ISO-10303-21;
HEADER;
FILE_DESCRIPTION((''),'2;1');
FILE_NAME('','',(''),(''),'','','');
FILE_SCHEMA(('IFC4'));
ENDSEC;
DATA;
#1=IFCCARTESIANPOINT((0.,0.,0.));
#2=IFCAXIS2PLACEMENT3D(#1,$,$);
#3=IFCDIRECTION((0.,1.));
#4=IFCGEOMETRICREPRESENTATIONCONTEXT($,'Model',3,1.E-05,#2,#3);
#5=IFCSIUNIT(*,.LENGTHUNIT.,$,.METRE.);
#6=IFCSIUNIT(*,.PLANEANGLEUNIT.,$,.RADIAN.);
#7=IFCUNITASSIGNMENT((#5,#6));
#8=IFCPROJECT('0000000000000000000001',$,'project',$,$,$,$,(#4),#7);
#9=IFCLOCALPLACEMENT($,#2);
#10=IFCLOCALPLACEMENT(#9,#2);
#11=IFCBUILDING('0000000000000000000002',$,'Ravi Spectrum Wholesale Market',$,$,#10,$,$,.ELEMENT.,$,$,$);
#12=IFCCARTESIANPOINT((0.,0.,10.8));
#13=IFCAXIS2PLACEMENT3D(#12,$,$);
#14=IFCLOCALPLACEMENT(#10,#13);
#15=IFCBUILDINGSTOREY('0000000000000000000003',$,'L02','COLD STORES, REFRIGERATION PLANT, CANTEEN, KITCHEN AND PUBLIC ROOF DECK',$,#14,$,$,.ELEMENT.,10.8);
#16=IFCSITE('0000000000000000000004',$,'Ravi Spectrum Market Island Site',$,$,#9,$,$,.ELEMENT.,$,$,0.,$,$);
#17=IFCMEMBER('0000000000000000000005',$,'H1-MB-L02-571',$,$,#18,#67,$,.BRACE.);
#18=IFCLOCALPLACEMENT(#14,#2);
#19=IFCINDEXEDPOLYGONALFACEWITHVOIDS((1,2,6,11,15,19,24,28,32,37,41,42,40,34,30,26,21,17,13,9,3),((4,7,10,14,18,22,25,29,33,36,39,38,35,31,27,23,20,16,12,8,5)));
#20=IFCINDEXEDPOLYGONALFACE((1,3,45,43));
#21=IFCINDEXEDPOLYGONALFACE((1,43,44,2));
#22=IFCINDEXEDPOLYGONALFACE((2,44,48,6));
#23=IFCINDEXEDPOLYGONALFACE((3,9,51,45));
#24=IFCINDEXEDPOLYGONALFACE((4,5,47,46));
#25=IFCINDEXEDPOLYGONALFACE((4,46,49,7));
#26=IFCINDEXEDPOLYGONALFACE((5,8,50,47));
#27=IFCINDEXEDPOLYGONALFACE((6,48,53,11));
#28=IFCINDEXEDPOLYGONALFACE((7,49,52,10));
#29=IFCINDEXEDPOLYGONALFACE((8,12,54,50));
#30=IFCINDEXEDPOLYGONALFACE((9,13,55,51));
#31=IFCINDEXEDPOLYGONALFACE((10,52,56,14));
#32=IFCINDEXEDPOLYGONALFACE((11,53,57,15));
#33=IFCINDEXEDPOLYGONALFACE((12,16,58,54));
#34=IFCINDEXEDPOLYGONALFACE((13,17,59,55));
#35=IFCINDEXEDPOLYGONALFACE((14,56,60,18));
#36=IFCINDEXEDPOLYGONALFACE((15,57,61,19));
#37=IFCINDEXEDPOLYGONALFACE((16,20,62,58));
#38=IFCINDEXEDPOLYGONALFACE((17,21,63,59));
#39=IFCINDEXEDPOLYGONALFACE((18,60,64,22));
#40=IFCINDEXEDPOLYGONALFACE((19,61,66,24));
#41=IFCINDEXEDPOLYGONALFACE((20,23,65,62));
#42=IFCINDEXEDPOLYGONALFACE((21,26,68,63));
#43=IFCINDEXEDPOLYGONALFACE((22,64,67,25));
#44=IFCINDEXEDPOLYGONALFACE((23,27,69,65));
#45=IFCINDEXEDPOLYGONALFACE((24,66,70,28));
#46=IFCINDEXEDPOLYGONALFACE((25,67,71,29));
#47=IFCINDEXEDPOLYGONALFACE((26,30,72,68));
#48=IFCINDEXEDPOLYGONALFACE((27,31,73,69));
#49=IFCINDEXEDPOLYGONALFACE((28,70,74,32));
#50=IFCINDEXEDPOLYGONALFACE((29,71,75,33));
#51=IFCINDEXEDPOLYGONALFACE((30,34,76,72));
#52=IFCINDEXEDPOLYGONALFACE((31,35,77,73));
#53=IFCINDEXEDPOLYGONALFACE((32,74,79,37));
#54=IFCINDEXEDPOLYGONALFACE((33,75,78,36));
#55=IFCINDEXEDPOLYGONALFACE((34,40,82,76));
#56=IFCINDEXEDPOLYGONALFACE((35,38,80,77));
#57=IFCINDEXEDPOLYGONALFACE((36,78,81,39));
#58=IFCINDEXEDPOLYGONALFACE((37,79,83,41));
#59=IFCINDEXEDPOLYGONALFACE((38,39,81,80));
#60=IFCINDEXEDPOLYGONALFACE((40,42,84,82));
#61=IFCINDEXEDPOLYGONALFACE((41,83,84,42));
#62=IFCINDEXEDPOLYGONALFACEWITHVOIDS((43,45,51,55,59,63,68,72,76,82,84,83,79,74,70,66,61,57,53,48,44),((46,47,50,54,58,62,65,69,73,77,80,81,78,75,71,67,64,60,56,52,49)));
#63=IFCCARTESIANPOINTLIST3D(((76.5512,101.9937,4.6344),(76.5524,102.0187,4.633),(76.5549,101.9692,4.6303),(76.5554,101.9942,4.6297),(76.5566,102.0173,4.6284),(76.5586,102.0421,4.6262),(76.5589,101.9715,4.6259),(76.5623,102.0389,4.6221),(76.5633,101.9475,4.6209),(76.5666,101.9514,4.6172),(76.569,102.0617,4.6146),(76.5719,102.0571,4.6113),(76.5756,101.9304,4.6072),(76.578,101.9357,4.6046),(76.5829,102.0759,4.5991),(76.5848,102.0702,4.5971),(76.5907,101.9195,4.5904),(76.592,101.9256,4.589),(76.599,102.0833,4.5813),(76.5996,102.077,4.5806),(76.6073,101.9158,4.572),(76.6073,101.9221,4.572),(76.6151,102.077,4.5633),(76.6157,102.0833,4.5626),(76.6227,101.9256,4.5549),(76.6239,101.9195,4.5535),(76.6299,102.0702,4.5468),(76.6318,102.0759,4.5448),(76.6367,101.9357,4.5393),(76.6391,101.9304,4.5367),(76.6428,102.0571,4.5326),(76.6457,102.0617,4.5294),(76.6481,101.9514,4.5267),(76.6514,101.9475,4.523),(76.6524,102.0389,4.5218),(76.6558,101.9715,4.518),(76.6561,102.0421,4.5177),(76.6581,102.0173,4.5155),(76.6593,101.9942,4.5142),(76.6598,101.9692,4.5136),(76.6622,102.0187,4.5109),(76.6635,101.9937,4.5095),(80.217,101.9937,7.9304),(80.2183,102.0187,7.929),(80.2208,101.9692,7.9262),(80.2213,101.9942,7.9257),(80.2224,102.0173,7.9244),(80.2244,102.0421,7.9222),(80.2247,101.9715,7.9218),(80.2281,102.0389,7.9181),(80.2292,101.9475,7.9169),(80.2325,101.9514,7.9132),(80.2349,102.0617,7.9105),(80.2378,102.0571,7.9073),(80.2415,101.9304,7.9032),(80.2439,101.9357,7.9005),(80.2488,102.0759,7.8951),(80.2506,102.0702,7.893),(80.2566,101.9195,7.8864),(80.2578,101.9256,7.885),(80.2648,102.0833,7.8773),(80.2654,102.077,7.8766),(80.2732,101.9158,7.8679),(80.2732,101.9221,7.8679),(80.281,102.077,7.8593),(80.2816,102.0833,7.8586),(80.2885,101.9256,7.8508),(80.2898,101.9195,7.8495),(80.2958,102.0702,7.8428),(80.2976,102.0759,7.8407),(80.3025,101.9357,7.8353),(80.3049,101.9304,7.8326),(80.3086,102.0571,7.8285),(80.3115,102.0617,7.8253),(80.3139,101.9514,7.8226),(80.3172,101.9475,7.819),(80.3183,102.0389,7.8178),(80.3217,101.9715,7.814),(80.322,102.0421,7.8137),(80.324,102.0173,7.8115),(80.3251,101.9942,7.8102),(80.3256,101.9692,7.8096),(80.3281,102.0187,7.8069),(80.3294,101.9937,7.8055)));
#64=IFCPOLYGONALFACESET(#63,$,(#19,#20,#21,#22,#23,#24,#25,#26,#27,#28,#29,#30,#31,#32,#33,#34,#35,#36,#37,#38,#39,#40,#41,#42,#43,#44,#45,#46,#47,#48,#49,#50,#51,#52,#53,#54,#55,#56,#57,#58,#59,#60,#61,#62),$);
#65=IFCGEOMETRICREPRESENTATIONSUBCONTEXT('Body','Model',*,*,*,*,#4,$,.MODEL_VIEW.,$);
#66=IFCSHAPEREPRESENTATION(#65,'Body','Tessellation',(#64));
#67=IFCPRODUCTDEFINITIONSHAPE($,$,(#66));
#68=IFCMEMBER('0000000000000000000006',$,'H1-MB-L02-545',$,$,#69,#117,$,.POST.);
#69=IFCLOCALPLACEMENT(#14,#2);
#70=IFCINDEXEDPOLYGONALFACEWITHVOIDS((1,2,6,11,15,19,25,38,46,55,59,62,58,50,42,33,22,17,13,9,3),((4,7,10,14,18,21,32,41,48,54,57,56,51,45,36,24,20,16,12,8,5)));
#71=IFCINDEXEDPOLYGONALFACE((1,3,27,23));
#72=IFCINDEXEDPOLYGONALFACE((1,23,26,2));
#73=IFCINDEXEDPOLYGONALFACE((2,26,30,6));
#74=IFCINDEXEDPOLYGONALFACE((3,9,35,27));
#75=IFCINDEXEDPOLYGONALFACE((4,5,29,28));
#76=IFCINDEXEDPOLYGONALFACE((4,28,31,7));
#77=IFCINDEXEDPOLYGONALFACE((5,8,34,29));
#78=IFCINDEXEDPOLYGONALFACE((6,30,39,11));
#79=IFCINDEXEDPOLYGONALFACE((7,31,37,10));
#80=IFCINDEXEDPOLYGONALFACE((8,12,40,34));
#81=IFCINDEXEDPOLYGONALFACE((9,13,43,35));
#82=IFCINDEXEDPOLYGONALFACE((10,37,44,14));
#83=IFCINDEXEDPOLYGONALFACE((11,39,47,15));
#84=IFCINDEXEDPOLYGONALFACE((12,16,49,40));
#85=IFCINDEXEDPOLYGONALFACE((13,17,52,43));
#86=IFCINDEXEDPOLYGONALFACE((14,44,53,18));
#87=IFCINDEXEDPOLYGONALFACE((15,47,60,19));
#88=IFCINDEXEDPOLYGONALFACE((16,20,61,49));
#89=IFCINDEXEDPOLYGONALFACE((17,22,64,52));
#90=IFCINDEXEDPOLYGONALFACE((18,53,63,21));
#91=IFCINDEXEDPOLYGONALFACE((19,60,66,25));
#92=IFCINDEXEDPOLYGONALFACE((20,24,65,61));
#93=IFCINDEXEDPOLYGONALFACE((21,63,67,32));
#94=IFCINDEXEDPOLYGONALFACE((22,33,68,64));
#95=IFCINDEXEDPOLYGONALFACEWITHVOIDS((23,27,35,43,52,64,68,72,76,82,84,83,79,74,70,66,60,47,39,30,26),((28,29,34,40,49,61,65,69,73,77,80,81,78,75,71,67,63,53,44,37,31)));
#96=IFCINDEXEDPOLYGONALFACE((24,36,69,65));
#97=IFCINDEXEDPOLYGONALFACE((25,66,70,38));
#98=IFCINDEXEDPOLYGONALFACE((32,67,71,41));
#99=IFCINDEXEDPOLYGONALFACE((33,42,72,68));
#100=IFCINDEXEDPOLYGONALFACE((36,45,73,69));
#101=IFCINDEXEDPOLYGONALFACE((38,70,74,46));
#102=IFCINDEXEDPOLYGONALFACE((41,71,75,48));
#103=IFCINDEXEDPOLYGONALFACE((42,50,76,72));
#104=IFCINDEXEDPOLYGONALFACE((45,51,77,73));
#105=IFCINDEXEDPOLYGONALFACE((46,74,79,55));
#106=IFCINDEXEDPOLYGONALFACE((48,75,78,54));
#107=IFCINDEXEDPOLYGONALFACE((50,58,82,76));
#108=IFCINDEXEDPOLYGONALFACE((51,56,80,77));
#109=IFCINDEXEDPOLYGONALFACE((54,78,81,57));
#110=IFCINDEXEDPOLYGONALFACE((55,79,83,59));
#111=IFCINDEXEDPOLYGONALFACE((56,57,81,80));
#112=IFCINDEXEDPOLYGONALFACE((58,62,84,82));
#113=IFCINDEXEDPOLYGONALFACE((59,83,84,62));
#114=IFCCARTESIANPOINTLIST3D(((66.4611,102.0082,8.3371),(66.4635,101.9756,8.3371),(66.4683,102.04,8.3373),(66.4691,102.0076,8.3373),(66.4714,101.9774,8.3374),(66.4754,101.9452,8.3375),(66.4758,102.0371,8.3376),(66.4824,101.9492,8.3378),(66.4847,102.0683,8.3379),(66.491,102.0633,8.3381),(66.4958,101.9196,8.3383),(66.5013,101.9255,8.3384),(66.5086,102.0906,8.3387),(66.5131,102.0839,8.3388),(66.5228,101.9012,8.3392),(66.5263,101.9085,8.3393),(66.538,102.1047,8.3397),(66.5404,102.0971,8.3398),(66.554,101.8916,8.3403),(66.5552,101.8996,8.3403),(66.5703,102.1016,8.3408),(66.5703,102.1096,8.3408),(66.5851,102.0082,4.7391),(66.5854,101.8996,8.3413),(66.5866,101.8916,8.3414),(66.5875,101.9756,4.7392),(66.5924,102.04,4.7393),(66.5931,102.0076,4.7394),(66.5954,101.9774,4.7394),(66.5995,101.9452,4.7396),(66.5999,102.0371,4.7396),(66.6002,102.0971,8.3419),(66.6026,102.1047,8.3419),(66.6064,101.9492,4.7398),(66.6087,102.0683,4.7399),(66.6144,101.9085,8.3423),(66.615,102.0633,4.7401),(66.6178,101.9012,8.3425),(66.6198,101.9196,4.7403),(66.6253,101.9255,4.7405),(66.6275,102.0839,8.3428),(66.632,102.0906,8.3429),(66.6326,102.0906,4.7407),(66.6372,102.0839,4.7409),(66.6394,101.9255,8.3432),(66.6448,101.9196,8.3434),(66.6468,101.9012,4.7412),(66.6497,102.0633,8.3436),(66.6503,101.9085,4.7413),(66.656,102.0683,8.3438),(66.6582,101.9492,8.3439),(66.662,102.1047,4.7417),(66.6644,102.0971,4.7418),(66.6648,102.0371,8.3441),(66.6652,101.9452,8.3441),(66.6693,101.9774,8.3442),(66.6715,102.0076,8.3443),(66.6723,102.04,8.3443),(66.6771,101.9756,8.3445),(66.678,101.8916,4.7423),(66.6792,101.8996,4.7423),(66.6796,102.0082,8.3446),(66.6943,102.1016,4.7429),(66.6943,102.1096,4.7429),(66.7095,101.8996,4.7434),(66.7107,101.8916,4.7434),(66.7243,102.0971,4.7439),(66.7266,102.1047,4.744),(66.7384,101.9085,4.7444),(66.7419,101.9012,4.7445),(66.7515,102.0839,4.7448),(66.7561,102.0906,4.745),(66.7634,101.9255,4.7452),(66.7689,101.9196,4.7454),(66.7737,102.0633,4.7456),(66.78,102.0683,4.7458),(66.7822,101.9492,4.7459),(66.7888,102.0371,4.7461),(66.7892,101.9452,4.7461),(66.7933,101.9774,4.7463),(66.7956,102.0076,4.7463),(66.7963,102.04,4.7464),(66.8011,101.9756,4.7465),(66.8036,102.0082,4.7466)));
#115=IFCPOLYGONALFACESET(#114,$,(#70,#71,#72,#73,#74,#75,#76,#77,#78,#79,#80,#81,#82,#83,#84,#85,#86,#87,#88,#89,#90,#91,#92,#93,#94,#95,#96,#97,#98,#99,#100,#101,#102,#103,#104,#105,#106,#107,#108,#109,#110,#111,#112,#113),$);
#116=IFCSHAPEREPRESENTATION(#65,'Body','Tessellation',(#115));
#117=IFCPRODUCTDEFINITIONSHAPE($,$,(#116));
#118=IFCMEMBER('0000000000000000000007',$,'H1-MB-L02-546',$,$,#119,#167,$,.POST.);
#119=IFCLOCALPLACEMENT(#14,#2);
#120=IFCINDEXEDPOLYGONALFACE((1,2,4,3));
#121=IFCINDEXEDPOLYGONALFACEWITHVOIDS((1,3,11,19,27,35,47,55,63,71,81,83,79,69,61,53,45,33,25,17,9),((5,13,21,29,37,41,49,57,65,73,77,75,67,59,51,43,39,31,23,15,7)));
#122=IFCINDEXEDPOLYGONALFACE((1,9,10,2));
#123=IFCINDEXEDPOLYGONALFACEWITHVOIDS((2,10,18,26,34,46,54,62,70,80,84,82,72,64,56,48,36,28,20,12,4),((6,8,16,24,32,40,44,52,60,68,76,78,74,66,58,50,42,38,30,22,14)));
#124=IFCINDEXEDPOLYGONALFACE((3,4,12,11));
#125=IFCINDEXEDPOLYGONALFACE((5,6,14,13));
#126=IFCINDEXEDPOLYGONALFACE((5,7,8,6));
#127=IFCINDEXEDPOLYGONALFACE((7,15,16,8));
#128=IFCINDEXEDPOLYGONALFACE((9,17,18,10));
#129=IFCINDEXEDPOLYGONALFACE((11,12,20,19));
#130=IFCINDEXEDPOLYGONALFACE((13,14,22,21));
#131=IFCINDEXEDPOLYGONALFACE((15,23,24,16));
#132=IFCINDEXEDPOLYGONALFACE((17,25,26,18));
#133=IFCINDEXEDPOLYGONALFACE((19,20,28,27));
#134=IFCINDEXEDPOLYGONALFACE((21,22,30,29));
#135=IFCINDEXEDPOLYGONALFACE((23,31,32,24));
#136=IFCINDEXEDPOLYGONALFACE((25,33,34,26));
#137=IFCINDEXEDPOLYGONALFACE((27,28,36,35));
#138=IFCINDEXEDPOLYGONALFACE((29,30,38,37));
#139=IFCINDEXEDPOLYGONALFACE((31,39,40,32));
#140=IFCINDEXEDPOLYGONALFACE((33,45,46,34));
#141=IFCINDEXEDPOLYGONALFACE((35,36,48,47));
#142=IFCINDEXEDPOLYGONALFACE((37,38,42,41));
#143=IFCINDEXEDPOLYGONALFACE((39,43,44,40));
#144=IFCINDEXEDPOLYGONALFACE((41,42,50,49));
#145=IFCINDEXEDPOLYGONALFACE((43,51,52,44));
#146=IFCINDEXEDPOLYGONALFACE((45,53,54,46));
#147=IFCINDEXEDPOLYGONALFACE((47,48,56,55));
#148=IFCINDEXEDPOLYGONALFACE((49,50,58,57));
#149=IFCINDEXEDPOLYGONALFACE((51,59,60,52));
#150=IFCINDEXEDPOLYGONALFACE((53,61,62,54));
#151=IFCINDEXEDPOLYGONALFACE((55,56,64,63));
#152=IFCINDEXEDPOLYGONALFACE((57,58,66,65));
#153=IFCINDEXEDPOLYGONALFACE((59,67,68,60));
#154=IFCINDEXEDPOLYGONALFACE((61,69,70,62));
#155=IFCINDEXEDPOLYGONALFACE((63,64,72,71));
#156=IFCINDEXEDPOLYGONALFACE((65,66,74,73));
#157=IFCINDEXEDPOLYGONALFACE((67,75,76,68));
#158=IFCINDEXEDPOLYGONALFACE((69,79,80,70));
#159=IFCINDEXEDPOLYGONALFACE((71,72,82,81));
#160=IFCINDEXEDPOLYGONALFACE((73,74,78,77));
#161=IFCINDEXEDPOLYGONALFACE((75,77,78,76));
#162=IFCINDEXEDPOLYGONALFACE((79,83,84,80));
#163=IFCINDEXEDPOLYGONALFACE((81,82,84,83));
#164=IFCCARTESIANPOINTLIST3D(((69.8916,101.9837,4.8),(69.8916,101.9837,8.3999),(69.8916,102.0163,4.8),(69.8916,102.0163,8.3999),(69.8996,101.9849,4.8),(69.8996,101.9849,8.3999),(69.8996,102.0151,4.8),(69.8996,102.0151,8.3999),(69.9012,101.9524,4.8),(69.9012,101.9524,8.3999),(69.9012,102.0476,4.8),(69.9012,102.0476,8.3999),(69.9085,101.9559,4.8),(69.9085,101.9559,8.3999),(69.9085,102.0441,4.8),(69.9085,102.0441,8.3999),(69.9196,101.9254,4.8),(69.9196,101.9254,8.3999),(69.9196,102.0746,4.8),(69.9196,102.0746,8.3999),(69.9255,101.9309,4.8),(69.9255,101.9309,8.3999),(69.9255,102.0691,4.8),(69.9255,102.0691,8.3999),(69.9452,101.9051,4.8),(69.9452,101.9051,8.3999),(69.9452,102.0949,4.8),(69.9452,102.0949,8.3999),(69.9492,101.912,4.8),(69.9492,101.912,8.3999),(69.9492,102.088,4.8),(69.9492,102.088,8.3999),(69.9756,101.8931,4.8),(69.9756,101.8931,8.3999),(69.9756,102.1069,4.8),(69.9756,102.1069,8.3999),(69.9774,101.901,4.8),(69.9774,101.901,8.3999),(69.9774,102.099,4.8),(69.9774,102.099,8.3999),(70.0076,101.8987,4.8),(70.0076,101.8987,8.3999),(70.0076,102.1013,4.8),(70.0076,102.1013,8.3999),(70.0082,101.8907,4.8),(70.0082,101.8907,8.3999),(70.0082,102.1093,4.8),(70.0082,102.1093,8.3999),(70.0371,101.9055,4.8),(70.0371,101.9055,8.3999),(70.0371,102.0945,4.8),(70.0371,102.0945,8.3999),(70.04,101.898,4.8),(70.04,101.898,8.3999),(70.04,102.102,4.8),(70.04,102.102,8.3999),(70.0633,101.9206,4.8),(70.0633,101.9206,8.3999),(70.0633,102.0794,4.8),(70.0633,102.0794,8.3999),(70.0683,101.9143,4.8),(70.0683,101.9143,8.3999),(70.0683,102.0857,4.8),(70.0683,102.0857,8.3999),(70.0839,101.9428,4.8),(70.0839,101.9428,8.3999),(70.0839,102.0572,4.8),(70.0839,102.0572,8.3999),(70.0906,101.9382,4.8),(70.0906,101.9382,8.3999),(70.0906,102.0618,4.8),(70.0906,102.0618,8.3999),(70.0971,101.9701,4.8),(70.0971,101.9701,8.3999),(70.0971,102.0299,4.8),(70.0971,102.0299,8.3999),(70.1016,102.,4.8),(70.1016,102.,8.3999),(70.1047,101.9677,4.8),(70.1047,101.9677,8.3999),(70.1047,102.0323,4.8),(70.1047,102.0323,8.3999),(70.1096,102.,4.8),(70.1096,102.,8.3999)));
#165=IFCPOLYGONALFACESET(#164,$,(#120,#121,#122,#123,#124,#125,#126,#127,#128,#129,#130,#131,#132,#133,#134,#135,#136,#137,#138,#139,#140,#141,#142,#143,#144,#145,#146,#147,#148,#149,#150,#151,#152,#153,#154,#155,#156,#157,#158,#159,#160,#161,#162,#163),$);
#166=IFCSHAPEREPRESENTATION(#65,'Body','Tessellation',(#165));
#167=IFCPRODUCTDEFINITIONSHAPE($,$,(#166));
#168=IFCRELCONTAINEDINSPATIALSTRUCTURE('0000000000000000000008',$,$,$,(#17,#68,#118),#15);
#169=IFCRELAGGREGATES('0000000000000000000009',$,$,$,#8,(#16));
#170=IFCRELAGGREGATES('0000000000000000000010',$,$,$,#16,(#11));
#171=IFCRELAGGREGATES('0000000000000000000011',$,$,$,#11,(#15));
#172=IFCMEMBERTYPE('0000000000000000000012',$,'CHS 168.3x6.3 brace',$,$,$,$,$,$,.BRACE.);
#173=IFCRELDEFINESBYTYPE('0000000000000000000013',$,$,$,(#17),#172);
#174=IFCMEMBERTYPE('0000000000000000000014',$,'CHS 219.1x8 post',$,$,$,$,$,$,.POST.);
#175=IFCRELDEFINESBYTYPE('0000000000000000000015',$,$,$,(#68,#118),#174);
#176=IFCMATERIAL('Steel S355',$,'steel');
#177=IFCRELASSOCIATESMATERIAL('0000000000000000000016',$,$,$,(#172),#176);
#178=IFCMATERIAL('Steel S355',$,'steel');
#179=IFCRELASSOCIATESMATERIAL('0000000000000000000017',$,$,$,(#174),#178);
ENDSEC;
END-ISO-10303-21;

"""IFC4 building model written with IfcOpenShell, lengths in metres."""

from ifc_helpers import new_model, si_unit, direction, frame, origin, origin_2d, place, context, subcontext, project, spatial, hollow_circle, extrude, material, material_profile, profile_set, type_object, element, save


model = new_model("IFC4")

# Units and contexts
model_context = context("Model", 3, precision=1e-05, world=origin(), true_north=direction((0.0, 1.0)))
body_context = subcontext(model_context, "Body", "Model", "MODEL_VIEW")
ifc_project = project(units=[si_unit("LENGTHUNIT", "METRE"), si_unit("PLANEANGLEUNIT", "RADIAN")], contexts=[model_context])

# Site, building, storey
site_placement = place(None, origin())
site = spatial("IfcSite", under=ifc_project, at=site_placement, Name="Ravi Spectrum Market Island Site", CompositionType="ELEMENT", RefElevation=0.0)
building_placement = place(site_placement, origin())
building = spatial("IfcBuilding", under=site, at=building_placement, Name="Ravi Spectrum Wholesale Market", CompositionType="ELEMENT")
storey_placement = place(building_placement, frame((0.0, 0.0, 10.8)))
storey = spatial("IfcBuildingStorey", under=building, at=storey_placement, Name="L02", Description="COLD STORES, REFRIGERATION PLANT, CANTEEN, KITCHEN AND PUBLIC ROOF DECK", CompositionType="ELEMENT", Elevation=10.8)

# Members
ifc_material_1 = material(Name="Steel S355", Category="steel")
ifc_material_profile_1 = material_profile(ifc_material_1, hollow_circle(Radius=0.0842, WallThickness=0.0063, at=origin_2d()))
ifc_profile_set_1 = profile_set([ifc_material_profile_1], Name="Steel S355")
member_type_1 = type_object("IfcMemberType", Name="CHS 168.3x6.3 brace", PredefinedType="BRACE", material=ifc_profile_set_1)
member_1_placement = place(storey_placement, frame((80.2732, 102.0, 7.8679), z_axis=(-0.743627, 0.0, -0.668595), x_axis=(0.0, -1.0, 0.0)))
element("IfcMember", 1, at=member_1_placement, inside=storey, type_object=member_type_1, Name="H1-MB-L02-571", PredefinedType="BRACE", context=body_context, shape_type="SweptSolid", body=[
    extrude(hollow_circle(Radius=0.0842, WallThickness=0.0063, at=origin_2d()), origin(), (0.0, 0.0, 1.0), 4.9297),
])
ifc_material_2 = material(Name="Steel S355", Category="steel")
ifc_material_profile_2 = material_profile(ifc_material_2, hollow_circle(Radius=0.1096, WallThickness=0.0081, at=origin_2d()))
ifc_profile_set_2 = profile_set([ifc_material_profile_2], Name="Steel S355")
member_type_2 = type_object("IfcMemberType", Name="CHS 219.1x8 post", PredefinedType="POST", material=ifc_profile_set_2)
member_2_placement = place(storey_placement, frame((66.5703, 102.0, 8.3408), z_axis=(0.034451, 0.0, -0.999406), x_axis=(0.0, 1.0, 0.0)))
element("IfcMember", 2, at=member_2_placement, inside=storey, type_object=member_type_2, Name="H1-MB-L02-545", PredefinedType="POST", context=body_context, shape_type="SweptSolid", body=[
    extrude(hollow_circle(Radius=0.1096, WallThickness=0.0081, at=origin_2d()), origin(), (0.0, 0.0, 1.0), 3.6001),
])
member_3_placement = place(storey_placement, frame((70.0, 102.0, 8.3999), z_axis=(0.0, 0.0, -1.0), x_axis=(1.0, 0.0, 0.0)))
element("IfcMember", 3, at=member_3_placement, inside=storey, type_object=member_type_2, Name="H1-MB-L02-546", PredefinedType="POST", context=body_context, shape_type="SweptSolid", body=[
    extrude(hollow_circle(Radius=0.1096, WallThickness=0.0081, at=origin_2d()), origin(), (0.0, 0.0, 1.0), 3.5999),
])

save(model, "model.ifc")
